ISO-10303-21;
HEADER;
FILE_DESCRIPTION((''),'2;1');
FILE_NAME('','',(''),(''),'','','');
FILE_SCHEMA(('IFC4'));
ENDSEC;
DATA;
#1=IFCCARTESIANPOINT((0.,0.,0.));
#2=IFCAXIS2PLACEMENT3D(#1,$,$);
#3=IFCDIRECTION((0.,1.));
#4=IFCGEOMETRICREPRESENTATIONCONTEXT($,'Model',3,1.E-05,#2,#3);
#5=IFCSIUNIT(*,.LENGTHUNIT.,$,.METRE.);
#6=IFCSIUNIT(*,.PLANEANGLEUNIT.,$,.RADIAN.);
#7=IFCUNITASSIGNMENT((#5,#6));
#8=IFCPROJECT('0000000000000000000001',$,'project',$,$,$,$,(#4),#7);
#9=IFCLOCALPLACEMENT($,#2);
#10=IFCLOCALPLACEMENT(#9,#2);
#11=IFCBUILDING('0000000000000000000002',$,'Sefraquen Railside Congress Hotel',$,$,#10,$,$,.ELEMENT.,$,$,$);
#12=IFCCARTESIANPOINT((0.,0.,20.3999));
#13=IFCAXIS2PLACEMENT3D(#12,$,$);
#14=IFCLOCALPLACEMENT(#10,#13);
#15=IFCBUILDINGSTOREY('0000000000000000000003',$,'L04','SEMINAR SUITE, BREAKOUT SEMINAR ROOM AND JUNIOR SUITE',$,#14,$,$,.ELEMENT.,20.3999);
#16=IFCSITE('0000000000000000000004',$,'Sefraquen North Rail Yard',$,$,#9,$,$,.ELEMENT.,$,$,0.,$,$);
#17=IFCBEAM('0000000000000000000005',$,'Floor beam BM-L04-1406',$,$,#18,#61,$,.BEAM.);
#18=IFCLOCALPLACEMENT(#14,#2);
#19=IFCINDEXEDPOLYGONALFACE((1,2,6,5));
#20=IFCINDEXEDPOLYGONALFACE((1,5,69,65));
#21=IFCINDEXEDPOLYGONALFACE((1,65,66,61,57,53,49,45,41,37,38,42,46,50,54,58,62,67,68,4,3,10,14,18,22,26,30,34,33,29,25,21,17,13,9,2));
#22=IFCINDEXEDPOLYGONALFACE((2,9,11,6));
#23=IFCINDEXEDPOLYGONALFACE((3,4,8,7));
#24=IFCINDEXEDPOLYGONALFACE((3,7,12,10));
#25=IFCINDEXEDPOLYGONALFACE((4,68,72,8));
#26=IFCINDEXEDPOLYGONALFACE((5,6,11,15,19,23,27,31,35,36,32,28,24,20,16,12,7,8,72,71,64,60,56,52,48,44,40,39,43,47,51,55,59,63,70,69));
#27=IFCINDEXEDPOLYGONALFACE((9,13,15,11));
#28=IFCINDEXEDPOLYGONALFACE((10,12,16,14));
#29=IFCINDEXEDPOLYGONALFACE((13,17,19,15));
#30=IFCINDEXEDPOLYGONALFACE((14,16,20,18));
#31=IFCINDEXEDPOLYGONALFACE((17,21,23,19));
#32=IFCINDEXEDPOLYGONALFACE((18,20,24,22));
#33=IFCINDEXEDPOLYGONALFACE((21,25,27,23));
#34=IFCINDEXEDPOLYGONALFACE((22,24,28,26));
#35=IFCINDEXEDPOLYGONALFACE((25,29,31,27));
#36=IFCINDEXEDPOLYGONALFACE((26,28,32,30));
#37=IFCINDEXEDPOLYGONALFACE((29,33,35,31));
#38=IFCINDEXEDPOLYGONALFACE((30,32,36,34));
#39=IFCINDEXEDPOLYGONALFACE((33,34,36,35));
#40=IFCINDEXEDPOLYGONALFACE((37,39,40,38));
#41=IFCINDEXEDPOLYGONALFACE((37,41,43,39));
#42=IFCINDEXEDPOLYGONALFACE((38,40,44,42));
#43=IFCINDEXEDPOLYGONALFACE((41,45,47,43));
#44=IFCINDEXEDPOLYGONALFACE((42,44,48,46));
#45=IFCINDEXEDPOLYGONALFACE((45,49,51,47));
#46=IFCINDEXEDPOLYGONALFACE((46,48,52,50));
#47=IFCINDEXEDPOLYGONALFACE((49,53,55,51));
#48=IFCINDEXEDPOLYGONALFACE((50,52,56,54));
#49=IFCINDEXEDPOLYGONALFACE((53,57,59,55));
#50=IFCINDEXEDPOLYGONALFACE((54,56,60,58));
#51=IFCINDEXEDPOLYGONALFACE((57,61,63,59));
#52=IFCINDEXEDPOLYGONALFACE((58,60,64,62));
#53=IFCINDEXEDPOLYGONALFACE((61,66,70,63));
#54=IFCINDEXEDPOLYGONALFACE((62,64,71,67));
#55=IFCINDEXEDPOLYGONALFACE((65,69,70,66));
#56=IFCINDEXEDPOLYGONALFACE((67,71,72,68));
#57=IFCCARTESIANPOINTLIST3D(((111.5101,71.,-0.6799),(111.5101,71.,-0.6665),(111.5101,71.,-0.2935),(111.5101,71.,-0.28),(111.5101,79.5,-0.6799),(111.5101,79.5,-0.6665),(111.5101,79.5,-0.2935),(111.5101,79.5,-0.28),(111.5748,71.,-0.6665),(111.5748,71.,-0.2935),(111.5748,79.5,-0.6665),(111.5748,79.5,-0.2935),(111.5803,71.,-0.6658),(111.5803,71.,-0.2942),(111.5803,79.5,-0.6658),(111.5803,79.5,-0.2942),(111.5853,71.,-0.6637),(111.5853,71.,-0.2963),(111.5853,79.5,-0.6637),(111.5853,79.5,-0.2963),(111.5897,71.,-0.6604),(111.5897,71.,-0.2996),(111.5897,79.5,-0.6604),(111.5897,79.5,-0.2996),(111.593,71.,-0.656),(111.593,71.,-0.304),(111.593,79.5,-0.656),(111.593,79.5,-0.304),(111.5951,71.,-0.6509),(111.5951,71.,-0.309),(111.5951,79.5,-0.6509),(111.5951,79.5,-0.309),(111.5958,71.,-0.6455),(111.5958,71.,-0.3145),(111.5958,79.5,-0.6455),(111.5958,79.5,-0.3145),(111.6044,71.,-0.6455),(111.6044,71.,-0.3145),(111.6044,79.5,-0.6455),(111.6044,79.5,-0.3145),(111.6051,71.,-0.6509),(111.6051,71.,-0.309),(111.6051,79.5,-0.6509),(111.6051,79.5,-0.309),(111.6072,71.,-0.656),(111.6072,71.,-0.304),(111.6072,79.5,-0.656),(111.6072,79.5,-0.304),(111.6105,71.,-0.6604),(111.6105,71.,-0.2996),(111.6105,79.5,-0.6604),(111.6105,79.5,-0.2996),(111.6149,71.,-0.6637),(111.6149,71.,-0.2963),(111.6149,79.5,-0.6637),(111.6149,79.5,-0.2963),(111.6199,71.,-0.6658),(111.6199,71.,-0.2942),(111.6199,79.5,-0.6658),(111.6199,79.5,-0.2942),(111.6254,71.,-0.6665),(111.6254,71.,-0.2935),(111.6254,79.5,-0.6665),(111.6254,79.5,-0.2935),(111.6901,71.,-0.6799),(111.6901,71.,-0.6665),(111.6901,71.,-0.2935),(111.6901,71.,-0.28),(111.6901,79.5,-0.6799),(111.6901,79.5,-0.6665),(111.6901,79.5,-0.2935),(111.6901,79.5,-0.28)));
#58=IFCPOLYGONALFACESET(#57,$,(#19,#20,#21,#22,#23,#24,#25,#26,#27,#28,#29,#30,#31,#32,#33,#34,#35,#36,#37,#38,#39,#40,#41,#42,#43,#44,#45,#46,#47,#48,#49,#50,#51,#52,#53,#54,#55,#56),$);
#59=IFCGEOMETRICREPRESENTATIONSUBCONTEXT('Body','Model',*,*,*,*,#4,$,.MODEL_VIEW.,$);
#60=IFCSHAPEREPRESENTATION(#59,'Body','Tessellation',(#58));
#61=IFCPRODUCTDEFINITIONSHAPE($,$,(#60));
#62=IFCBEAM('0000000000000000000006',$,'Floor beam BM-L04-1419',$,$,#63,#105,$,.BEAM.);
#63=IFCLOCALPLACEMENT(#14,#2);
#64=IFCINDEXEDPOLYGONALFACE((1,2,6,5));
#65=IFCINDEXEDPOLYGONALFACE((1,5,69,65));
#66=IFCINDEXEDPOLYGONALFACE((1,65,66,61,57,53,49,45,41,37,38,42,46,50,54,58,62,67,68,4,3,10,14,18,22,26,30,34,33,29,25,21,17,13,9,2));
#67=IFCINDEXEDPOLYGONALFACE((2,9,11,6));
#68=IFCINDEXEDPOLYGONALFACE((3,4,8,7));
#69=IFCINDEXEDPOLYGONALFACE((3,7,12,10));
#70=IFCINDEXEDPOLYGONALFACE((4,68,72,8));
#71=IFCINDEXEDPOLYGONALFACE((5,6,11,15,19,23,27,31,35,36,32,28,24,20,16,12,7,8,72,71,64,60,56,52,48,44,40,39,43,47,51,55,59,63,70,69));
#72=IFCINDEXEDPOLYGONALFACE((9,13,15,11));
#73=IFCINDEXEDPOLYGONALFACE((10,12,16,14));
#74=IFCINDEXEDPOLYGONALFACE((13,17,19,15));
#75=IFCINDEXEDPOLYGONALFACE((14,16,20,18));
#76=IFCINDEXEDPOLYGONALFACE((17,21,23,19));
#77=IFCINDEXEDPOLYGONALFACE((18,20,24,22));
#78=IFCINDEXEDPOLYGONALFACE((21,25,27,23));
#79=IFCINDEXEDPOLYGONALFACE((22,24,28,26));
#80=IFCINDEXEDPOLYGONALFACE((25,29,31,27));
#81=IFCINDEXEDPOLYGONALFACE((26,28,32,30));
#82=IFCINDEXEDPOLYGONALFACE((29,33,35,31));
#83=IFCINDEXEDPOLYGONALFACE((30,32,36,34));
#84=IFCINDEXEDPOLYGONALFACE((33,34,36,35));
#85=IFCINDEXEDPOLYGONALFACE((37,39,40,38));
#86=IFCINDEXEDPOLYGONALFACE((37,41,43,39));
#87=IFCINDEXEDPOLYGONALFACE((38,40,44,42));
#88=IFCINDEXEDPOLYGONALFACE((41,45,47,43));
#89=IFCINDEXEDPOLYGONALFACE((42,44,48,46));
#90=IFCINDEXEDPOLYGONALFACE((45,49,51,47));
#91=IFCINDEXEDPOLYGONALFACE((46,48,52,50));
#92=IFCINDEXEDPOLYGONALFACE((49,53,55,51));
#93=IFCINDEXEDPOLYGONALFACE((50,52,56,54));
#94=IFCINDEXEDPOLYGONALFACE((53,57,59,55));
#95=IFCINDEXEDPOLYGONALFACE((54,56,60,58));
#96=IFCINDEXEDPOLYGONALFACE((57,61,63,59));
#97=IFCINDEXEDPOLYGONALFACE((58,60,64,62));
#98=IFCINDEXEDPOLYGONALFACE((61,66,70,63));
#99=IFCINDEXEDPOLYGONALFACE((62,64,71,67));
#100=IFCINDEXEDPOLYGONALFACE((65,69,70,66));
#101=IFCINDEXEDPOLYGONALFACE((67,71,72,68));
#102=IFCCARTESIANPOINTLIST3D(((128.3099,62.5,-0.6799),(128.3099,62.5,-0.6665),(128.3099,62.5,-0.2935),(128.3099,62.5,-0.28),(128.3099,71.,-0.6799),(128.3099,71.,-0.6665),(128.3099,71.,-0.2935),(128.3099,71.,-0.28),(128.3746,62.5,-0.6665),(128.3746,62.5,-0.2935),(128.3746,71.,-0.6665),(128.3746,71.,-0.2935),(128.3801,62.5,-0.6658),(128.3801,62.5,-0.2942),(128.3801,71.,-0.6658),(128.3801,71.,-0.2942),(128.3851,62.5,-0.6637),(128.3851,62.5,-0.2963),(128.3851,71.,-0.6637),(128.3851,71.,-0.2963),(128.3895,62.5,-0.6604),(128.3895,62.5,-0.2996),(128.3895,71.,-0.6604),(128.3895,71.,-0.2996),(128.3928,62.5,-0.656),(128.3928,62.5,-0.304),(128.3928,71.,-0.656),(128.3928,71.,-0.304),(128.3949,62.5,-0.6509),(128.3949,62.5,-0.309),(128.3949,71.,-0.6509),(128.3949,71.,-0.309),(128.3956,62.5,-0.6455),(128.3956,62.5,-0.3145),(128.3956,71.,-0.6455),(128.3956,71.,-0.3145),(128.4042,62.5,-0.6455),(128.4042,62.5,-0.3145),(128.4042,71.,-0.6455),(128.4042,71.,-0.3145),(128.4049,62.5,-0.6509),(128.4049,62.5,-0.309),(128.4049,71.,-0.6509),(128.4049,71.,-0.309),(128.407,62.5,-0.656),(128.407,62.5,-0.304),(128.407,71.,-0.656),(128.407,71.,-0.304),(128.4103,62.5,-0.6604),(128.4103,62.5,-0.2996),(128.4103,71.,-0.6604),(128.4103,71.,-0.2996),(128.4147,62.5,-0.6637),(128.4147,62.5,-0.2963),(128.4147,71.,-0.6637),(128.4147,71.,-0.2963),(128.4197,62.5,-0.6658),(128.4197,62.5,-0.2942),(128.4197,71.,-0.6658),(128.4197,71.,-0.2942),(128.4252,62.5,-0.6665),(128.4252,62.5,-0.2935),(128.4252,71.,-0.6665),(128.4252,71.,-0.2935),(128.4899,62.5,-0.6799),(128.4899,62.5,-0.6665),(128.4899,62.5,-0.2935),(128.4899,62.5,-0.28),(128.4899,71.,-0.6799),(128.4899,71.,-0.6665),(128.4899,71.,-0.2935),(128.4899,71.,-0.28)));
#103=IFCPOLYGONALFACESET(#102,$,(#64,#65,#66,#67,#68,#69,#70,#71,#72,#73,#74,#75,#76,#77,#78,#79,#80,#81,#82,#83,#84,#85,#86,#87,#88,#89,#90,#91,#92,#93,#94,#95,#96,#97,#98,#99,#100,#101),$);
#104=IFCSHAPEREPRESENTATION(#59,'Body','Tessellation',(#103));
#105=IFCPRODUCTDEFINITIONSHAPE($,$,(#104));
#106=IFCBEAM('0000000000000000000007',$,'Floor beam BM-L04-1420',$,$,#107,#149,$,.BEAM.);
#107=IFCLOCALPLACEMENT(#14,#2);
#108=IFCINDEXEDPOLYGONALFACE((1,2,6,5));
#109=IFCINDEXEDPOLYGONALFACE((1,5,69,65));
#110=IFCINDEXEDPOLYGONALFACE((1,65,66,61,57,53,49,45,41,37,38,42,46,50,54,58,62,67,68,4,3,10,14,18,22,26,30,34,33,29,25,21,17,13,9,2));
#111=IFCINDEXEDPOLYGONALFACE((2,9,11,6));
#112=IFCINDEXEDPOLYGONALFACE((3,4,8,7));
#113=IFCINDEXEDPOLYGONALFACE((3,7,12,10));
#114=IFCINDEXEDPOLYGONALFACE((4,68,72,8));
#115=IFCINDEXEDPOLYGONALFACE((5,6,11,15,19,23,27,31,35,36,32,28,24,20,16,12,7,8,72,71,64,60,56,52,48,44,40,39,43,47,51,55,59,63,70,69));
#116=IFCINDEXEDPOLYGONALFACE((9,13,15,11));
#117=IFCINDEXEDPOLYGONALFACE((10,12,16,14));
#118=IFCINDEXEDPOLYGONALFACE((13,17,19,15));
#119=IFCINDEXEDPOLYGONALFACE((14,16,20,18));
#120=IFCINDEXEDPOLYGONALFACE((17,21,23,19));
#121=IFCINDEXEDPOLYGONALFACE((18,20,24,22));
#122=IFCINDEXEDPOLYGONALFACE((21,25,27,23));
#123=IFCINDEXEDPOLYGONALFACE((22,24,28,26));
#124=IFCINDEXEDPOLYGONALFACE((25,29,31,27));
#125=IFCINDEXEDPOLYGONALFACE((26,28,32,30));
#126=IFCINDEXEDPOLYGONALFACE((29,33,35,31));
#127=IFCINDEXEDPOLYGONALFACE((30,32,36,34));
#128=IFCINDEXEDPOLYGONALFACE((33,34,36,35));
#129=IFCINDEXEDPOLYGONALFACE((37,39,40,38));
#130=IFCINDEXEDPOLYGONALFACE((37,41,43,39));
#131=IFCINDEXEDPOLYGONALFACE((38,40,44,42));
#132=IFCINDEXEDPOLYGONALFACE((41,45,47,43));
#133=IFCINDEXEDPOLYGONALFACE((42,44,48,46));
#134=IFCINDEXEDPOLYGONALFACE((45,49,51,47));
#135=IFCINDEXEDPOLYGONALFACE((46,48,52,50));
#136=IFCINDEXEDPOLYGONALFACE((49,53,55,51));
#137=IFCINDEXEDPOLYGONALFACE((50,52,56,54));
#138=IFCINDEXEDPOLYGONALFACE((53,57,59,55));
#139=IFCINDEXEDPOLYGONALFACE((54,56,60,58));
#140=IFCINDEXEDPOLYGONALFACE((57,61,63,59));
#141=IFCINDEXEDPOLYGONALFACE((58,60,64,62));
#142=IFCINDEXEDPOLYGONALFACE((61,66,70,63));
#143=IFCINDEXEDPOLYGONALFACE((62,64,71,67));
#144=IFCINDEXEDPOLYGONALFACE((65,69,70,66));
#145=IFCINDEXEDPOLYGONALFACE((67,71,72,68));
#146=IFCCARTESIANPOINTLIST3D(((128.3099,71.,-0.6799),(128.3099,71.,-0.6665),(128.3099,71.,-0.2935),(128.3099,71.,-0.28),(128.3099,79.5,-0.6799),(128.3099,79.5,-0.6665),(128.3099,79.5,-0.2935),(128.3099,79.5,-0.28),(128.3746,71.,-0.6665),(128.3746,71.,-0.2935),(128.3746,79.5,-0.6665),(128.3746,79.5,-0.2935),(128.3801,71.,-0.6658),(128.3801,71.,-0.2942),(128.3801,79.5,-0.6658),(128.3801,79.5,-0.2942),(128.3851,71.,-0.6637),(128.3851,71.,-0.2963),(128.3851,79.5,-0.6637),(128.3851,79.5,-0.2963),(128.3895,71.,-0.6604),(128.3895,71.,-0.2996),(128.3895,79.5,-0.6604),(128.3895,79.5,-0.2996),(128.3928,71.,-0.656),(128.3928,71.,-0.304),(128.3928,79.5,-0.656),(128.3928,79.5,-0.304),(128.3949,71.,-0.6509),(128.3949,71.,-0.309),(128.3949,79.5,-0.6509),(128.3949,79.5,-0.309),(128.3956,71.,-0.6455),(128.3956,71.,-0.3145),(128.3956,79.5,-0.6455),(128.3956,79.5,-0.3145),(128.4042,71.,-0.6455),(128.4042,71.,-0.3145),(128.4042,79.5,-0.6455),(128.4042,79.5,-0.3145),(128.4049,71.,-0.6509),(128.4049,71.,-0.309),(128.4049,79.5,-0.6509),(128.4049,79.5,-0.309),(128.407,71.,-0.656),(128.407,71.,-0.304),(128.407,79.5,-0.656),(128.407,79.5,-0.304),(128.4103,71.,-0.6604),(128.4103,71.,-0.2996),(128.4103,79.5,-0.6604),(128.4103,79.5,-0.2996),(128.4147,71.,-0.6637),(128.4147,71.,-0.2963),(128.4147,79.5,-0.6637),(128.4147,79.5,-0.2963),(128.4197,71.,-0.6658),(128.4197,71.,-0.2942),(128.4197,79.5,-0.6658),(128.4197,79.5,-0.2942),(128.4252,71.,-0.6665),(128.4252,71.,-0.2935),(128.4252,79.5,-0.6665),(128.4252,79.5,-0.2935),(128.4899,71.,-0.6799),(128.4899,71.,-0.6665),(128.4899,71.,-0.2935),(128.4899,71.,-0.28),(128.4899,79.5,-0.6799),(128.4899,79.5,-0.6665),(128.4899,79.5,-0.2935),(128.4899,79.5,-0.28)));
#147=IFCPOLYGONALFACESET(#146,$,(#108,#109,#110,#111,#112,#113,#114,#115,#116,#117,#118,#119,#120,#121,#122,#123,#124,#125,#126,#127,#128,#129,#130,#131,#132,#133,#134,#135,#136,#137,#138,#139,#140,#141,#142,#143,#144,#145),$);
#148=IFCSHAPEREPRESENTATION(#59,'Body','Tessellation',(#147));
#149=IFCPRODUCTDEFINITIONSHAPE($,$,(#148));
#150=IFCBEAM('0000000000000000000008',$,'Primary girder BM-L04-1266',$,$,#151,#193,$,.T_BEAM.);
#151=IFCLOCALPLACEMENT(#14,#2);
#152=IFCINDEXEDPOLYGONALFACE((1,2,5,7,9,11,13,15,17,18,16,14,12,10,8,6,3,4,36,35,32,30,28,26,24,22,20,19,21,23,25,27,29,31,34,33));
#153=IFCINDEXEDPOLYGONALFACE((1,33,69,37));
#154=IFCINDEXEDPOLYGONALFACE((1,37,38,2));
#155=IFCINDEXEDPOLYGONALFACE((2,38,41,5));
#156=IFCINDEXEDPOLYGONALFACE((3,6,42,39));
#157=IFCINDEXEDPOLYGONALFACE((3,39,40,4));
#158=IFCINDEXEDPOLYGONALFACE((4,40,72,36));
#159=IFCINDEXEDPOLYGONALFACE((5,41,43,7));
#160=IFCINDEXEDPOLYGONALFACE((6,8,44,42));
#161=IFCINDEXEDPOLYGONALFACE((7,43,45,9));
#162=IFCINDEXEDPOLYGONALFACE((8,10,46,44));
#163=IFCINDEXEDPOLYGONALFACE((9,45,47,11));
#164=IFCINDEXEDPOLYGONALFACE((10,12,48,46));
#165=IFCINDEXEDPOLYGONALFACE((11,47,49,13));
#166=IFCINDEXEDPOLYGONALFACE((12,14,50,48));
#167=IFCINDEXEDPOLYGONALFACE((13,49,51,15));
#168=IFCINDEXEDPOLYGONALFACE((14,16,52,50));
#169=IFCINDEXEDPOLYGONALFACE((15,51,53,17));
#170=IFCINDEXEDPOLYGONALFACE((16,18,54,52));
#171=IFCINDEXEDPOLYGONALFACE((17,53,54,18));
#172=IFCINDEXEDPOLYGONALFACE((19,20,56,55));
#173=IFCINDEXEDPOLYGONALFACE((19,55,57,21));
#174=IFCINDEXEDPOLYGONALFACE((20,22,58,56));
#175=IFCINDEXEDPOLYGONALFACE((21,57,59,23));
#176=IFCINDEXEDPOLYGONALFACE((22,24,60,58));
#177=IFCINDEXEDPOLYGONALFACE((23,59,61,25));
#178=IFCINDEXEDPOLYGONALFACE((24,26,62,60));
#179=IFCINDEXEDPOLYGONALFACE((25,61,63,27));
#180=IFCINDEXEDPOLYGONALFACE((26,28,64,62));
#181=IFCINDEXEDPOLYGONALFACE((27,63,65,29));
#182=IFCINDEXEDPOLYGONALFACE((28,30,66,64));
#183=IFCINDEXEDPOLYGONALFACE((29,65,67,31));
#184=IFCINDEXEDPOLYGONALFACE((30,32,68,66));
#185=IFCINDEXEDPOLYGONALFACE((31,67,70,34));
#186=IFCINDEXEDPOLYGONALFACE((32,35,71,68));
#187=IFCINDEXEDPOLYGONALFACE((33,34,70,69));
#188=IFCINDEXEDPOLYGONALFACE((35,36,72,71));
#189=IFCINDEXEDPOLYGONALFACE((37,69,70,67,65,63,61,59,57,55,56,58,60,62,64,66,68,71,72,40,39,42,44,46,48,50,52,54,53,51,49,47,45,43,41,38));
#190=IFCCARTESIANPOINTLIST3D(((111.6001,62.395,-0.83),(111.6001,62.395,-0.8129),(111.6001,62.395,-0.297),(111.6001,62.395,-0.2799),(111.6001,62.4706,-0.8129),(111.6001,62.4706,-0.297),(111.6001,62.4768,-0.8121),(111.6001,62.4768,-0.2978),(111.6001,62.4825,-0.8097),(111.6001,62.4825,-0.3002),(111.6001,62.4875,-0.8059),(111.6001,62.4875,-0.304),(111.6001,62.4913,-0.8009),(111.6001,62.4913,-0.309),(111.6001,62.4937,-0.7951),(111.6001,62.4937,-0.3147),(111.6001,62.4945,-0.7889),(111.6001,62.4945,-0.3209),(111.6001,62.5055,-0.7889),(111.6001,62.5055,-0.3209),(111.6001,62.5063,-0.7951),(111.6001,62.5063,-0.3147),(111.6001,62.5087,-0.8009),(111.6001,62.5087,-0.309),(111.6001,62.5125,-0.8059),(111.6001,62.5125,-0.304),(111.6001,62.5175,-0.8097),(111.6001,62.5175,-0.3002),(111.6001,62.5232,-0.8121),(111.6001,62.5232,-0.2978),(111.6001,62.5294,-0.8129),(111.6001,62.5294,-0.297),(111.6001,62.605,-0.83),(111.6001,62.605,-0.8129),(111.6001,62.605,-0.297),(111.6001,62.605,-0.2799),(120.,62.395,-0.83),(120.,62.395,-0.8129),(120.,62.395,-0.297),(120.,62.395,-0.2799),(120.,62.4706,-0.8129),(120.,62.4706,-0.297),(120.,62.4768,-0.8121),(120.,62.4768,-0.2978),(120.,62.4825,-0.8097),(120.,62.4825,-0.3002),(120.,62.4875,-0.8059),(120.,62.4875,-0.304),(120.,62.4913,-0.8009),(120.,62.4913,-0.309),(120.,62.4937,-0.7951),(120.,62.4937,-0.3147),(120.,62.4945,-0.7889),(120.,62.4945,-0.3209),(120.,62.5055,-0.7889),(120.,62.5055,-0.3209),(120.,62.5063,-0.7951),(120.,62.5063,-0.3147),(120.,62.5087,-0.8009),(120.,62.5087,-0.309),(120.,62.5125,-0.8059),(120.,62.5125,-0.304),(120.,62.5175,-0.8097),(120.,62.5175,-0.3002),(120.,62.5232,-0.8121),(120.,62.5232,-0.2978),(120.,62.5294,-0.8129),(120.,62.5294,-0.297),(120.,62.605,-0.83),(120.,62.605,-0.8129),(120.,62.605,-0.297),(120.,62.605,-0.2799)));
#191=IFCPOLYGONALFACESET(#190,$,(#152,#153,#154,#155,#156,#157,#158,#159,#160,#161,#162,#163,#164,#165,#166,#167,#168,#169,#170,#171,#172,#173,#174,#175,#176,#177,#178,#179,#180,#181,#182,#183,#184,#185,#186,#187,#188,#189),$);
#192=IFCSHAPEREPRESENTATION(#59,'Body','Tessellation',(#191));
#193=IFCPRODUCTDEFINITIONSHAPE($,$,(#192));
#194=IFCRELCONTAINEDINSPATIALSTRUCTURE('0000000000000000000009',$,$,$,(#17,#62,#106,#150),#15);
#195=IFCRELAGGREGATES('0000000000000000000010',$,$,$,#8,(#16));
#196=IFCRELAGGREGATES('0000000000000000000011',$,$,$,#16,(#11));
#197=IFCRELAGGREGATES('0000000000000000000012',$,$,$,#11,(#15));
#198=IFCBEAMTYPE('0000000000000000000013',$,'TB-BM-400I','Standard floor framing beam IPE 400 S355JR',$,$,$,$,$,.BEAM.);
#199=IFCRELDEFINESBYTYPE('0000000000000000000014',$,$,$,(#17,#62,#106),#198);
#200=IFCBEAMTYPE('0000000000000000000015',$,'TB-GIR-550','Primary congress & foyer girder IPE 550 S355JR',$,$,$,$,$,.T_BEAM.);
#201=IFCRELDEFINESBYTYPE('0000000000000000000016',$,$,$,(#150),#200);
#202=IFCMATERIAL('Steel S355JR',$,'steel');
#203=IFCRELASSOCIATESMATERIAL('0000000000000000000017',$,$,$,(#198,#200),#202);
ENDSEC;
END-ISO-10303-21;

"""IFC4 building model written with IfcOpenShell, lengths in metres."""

from ifc_helpers import new_model, si_unit, direction, frame, origin, origin_2d, place, context, subcontext, project, spatial, i_section, extrude, material, material_profile, profile_set, type_object, element, save


model = new_model("IFC4")

# Units and contexts
model_context = context("Model", 3, precision=1e-05, world=origin(), true_north=direction((0.0, 1.0)))
body_context = subcontext(model_context, "Body", "Model", "MODEL_VIEW")
ifc_project = project(units=[si_unit("LENGTHUNIT", "METRE"), si_unit("PLANEANGLEUNIT", "RADIAN")], contexts=[model_context])

# Site, building, storey
site_placement = place(None, origin())
site = spatial("IfcSite", under=ifc_project, at=site_placement, Name="Sefraquen North Rail Yard", CompositionType="ELEMENT", RefElevation=0.0)
building_placement = place(site_placement, origin())
building = spatial("IfcBuilding", under=site, at=building_placement, Name="Sefraquen Railside Congress Hotel", CompositionType="ELEMENT")
storey_placement = place(building_placement, frame((0.0, 0.0, 20.3999)))
storey = spatial("IfcBuildingStorey", under=building, at=storey_placement, Name="L04", Description="SEMINAR SUITE, BREAKOUT SEMINAR ROOM AND JUNIOR SUITE", CompositionType="ELEMENT", Elevation=20.3999)

# Shared definitions
ifc_material_1 = material(Name="Steel S355JR", Category="steel")

# Beams
ifc_material_profile_1 = material_profile(ifc_material_1, i_section(OverallWidth=0.1799, OverallDepth=0.3999, WebThickness=0.0085, FlangeThickness=0.0134, FilletRadius=0.021, at=origin_2d()), Name="IPE 400")
ifc_profile_set_1 = profile_set([ifc_material_profile_1], Name="Steel S355JR")
beam_type_1 = type_object("IfcBeamType", Name="TB-BM-400I", Description="Standard floor framing beam IPE 400 S355JR", PredefinedType="BEAM", material=ifc_profile_set_1)
for number, where, z_axis, x_axis, name in (
    (1, (111.6001, 71.0, -0.48), (0.0, 1.0, 0.0), (-1.0, 0.0, 0.0), "Floor beam BM-L04-1406"),
    (2, (128.3999, 62.5, -0.48), (0.0, 1.0, 0.0), (-1.0, 0.0, 0.0), "Floor beam BM-L04-1419"),
    (3, (128.3999, 71.0, -0.48), (0.0, 1.0, 0.0), (-1.0, 0.0, 0.0), "Floor beam BM-L04-1420"),
):
    element("IfcBeam", number, at=place(storey_placement, frame(where, z_axis=z_axis, x_axis=x_axis)), inside=storey, type_object=beam_type_1, Name=name, PredefinedType="BEAM", context=body_context, shape_type="SweptSolid", body=[
        extrude(i_section(OverallWidth=0.1799, OverallDepth=0.3999, WebThickness=0.0085, FlangeThickness=0.0134, FilletRadius=0.021, at=origin_2d()), origin(), (0.0, 0.0, 1.0), 8.5),
    ])
ifc_material_profile_2 = material_profile(ifc_material_1, i_section(OverallWidth=0.21, OverallDepth=0.55, WebThickness=0.011, FlangeThickness=0.0171, FilletRadius=0.0239, at=origin_2d()), Name="IPE 550")
ifc_profile_set_2 = profile_set([ifc_material_profile_2], Name="Steel S355JR")
beam_type_2 = type_object("IfcBeamType", Name="TB-GIR-550", Description="Primary congress & foyer girder IPE 550 S355JR", PredefinedType="T_BEAM", material=ifc_profile_set_2)
for number, where, z_axis, x_axis, name in (
    (4, (111.6001, 62.5, -0.5549), (1.0, 0.0, 0.0), (0.0, 1.0, 0.0), "Primary girder BM-L04-1266"),
):
    element("IfcBeam", number, at=place(storey_placement, frame(where, z_axis=z_axis, x_axis=x_axis)), inside=storey, type_object=beam_type_2, Name=name, PredefinedType="T_BEAM", context=body_context, shape_type="SweptSolid", body=[
        extrude(i_section(OverallWidth=0.21, OverallDepth=0.55, WebThickness=0.011, FlangeThickness=0.0171, FilletRadius=0.0239, at=origin_2d()), origin(), (0.0, 0.0, 1.0), 8.3999),
    ])

save(model, "model.ifc")
